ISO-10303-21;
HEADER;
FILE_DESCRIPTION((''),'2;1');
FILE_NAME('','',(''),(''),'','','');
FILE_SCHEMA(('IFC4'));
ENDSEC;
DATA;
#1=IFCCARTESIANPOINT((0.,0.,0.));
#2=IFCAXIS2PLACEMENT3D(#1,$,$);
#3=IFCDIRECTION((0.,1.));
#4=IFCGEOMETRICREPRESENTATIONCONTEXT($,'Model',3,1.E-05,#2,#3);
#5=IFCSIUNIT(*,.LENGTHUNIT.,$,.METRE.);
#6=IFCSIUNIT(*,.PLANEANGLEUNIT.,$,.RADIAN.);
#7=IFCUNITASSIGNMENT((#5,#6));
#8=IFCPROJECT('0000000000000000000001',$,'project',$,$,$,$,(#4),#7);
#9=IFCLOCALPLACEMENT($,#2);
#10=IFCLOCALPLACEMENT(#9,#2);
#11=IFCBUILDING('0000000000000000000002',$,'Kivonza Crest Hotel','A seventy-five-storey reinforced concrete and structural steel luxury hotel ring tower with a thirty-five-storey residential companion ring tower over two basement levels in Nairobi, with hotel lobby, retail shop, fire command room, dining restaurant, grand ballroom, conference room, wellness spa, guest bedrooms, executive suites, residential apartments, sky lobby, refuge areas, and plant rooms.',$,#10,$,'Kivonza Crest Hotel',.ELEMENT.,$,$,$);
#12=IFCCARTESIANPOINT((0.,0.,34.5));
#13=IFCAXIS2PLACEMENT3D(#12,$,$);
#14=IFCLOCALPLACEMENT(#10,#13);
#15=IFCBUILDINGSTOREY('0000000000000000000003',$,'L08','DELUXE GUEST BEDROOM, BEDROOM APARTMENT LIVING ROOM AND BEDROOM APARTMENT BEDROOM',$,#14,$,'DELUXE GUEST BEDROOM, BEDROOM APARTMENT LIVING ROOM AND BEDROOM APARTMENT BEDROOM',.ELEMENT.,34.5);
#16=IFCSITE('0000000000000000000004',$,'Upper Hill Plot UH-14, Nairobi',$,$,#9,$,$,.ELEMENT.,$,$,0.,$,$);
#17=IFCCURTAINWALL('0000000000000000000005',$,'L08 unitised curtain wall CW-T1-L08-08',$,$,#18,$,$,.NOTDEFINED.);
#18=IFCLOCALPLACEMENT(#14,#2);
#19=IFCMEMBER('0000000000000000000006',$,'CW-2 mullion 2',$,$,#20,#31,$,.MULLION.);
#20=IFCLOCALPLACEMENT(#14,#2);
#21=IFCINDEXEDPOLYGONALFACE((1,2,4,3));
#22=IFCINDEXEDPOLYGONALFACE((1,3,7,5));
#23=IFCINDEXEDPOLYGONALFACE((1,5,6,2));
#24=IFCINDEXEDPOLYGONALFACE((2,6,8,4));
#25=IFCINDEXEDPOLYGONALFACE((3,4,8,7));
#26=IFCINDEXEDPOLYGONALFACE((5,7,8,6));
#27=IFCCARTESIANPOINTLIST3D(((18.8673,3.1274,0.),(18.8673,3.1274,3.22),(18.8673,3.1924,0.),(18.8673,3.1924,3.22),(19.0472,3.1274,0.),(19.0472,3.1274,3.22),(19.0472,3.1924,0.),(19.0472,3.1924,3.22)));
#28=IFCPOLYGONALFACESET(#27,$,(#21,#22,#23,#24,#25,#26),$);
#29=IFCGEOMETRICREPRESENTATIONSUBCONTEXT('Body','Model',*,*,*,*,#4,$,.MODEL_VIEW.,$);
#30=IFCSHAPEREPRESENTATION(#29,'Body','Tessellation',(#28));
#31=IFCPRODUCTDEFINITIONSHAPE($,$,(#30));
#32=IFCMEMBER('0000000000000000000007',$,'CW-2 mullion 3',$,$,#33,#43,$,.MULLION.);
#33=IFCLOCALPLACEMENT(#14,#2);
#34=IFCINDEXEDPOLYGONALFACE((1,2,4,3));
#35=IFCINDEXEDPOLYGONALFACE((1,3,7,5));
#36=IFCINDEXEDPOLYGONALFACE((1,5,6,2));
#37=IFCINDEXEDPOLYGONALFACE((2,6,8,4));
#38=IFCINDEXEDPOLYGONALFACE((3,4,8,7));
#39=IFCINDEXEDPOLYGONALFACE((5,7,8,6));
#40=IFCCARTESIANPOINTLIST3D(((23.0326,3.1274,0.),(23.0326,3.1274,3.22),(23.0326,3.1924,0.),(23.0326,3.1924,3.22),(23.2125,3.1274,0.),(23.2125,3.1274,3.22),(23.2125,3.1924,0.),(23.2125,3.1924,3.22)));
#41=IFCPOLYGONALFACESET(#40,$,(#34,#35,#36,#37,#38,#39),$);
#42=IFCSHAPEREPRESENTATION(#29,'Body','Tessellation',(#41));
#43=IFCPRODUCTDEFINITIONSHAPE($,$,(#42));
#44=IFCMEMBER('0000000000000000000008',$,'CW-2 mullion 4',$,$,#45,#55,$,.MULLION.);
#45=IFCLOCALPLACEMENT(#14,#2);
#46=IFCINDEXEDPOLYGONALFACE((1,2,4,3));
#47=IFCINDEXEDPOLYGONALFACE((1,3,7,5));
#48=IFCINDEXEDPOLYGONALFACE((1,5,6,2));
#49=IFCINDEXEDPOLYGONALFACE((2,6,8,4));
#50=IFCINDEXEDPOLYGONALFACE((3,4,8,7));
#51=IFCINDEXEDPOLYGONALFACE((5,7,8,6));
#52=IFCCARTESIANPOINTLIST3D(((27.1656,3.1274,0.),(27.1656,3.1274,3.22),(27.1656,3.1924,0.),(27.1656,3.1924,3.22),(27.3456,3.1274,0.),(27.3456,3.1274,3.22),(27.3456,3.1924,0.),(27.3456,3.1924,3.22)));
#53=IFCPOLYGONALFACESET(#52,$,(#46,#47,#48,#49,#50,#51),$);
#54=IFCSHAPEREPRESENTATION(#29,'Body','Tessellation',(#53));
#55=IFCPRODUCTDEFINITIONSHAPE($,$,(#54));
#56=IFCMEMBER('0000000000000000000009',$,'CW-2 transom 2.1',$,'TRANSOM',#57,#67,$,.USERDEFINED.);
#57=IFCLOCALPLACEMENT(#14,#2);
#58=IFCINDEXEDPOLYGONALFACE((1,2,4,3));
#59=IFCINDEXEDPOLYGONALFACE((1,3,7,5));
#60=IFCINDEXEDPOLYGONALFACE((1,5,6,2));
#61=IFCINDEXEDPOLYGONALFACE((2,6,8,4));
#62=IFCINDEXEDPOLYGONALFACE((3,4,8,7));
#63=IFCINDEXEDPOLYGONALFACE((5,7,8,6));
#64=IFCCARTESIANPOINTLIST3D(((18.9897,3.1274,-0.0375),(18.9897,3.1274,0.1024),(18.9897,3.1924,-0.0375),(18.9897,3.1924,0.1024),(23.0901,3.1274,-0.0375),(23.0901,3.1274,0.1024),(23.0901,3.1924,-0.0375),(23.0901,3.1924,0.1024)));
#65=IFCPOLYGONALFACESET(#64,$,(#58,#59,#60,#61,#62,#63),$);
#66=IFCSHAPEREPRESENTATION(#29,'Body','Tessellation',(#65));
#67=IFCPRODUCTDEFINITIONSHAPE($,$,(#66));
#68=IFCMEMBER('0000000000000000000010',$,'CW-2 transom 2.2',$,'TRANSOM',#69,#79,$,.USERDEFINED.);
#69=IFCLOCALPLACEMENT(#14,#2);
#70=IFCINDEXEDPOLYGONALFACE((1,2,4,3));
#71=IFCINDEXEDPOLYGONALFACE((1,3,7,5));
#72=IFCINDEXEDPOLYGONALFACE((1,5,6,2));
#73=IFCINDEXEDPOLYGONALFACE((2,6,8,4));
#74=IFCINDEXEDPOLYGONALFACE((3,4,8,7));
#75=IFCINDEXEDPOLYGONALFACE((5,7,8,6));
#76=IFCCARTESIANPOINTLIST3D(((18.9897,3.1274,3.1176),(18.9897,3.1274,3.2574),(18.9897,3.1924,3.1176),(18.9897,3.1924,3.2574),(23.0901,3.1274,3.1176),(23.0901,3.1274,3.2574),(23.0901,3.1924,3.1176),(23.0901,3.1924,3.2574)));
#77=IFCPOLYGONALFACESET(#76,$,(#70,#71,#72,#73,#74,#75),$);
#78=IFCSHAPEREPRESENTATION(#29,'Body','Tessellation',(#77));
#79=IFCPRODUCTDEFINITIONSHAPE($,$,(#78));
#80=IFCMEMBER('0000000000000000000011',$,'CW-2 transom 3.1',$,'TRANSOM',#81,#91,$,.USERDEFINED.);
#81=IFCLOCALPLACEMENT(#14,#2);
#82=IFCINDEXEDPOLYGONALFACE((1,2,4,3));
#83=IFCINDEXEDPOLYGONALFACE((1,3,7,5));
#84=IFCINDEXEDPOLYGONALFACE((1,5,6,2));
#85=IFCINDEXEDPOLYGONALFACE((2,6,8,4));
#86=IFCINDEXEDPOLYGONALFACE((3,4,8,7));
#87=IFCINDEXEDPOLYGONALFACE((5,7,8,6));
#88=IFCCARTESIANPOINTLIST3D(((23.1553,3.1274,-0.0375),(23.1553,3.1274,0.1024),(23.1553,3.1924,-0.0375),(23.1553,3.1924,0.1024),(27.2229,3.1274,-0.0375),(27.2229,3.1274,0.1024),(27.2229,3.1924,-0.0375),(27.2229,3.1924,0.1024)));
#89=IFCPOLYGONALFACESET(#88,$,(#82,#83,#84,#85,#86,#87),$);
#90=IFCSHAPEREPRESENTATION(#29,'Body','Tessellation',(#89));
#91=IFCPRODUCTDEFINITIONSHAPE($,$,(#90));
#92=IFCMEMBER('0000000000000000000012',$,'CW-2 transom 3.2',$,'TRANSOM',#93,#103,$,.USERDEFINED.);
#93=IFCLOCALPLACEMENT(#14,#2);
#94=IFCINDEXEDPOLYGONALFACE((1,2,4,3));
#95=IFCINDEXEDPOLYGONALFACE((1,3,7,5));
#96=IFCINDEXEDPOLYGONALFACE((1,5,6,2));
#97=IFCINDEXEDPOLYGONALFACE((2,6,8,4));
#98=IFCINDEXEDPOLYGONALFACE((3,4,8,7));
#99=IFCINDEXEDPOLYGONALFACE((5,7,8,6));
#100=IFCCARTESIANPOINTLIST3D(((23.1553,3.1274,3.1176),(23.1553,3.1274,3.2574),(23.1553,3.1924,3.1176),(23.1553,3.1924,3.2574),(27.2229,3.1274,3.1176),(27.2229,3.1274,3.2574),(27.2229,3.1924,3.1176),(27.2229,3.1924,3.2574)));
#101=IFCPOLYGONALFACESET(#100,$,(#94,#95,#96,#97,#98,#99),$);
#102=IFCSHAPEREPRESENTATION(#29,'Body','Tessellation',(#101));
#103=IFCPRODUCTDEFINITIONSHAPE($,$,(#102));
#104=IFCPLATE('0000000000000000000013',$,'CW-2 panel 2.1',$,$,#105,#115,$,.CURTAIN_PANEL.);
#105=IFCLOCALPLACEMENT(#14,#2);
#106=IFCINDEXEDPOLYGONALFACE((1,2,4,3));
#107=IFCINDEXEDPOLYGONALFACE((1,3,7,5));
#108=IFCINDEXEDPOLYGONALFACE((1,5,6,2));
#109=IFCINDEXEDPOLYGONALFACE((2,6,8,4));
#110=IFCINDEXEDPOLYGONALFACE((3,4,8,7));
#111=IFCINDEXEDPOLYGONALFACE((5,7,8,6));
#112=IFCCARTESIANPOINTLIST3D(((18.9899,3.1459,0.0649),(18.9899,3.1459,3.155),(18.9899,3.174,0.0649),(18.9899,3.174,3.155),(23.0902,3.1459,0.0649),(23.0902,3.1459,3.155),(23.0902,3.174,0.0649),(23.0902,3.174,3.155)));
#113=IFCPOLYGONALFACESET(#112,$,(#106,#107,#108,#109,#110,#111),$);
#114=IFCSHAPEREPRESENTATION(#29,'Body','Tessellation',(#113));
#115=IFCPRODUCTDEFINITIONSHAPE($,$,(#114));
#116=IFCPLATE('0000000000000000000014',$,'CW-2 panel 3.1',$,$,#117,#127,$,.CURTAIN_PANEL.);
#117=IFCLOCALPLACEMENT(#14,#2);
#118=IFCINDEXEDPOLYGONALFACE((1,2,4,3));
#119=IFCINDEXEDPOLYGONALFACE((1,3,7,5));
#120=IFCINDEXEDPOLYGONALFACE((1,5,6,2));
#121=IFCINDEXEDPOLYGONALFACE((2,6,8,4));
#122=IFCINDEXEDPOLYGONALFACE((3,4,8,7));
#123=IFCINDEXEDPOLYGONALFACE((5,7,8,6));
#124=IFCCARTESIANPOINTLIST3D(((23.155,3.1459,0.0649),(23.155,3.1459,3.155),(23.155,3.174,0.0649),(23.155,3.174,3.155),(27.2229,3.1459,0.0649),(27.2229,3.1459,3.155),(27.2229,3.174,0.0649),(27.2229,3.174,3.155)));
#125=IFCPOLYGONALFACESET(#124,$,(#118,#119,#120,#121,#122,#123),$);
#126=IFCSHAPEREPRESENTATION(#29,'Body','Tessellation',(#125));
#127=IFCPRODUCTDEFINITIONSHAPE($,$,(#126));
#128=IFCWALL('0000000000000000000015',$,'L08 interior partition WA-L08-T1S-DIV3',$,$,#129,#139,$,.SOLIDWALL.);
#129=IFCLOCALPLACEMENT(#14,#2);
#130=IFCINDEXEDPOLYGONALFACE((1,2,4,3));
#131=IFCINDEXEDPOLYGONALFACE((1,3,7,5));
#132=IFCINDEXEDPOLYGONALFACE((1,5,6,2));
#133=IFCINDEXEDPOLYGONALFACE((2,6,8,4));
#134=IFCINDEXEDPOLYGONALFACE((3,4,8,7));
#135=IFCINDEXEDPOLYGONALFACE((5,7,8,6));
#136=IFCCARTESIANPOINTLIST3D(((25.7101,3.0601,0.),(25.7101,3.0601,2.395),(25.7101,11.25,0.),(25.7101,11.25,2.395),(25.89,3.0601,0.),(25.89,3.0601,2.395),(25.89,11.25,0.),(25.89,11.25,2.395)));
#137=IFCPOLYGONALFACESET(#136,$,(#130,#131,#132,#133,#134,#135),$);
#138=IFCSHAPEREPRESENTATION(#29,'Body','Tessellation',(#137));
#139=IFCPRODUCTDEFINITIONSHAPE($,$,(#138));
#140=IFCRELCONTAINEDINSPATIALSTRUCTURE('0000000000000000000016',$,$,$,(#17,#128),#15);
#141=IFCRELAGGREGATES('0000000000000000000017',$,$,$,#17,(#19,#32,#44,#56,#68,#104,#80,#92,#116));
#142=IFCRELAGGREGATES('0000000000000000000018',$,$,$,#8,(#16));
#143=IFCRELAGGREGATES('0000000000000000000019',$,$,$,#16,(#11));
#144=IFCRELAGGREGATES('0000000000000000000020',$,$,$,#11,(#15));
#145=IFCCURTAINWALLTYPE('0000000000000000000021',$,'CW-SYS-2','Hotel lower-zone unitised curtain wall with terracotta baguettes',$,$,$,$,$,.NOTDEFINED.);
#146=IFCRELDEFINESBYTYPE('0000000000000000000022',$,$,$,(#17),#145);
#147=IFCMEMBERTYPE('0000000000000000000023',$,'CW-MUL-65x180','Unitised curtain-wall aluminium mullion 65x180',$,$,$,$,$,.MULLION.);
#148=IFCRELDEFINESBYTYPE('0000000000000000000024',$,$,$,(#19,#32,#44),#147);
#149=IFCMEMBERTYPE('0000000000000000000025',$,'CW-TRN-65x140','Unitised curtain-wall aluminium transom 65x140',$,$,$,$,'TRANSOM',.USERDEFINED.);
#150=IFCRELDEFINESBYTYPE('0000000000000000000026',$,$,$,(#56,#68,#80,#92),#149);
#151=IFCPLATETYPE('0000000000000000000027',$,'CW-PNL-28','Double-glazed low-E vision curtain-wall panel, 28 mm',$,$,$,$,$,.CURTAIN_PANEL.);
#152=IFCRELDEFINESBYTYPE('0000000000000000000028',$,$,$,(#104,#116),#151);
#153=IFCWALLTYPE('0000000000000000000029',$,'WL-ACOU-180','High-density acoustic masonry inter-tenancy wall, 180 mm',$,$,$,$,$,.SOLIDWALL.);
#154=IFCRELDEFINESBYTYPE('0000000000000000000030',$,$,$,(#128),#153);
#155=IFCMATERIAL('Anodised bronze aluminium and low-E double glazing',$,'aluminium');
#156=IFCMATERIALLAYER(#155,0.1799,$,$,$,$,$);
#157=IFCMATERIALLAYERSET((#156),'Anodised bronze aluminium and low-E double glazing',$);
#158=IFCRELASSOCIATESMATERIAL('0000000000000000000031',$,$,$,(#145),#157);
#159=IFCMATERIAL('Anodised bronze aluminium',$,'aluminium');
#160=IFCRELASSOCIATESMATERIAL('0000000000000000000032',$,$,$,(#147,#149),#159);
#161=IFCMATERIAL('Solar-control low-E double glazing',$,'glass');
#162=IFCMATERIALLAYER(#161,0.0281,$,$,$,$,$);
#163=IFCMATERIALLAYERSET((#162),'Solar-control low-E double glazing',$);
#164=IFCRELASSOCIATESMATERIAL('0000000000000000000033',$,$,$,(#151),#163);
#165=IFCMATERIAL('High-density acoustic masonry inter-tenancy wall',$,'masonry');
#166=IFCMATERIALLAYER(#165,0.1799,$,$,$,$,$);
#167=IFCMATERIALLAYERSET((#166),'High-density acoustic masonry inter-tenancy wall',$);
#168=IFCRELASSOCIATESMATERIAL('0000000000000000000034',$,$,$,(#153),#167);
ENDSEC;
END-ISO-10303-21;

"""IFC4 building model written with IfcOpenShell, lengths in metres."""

from ifc_helpers import new_model, si_unit, direction, frame, frame_2d, origin, origin_2d, place, context, subcontext, project, spatial, rectangle, extrude, material, layer, layer_set, material_profile, profile_set, type_object, element, aggregate, save


model = new_model("IFC4")

# Units and contexts
model_context = context("Model", 3, precision=1e-05, world=origin(), true_north=direction((0.0, 1.0)))
body_context = subcontext(model_context, "Body", "Model", "MODEL_VIEW")
ifc_project = project(units=[si_unit("LENGTHUNIT", "METRE"), si_unit("PLANEANGLEUNIT", "RADIAN")], contexts=[model_context])

# Site, building, storey
site_placement = place(None, origin())
site = spatial("IfcSite", under=ifc_project, at=site_placement, Name="Upper Hill Plot UH-14, Nairobi", CompositionType="ELEMENT", RefElevation=0.0)
building_placement = place(site_placement, origin())
building = spatial("IfcBuilding", under=site, at=building_placement, Name="Kivonza Crest Hotel", Description="A seventy-five-storey reinforced concrete and structural steel luxury hotel ring tower with a thirty-five-storey residential companion ring tower over two basement levels in Nairobi, with hotel lobby, retail shop, fire command room, dining restaurant, grand ballroom, conference room, wellness spa, guest bedrooms, executive suites, residential apartments, sky lobby, refuge areas, and plant rooms.", LongName="Kivonza Crest Hotel", CompositionType="ELEMENT")
storey_placement = place(building_placement, frame((0.0, 0.0, 34.5)))
storey = spatial("IfcBuildingStorey", under=building, at=storey_placement, Name="L08", Description="DELUXE GUEST BEDROOM, BEDROOM APARTMENT LIVING ROOM AND BEDROOM APARTMENT BEDROOM", LongName="DELUXE GUEST BEDROOM, BEDROOM APARTMENT LIVING ROOM AND BEDROOM APARTMENT BEDROOM", CompositionType="ELEMENT", Elevation=34.5)

# Curtain wall, members, plates
ifc_material_1 = material(Name="Anodised bronze aluminium and low-E double glazing", Category="aluminium")
ifc_layer_1 = layer(ifc_material_1, 0.1799)
ifc_layer_set_1 = layer_set([ifc_layer_1], Name="Anodised bronze aluminium and low-E double glazing")
curtain_wall_type = type_object("IfcCurtainWallType", Name="CW-SYS-2", Description="Hotel lower-zone unitised curtain wall with terracotta baguettes", PredefinedType="NOTDEFINED", material=ifc_layer_set_1)
curtain_wall_placement = place(storey_placement, origin())
curtain_wall = element("IfcCurtainWall", 1, at=curtain_wall_placement, inside=storey, type_object=curtain_wall_type, Name="L08 unitised curtain wall CW-T1-L08-08", PredefinedType="NOTDEFINED")
ifc_material_2 = material(Name="Anodised bronze aluminium", Category="aluminium")
ifc_material_profile_1 = material_profile(ifc_material_2, rectangle(XDim=0.0649, YDim=0.1799, at=origin_2d()), Name="CW-M 65x180")
ifc_profile_set_1 = profile_set([ifc_material_profile_1], Name="Anodised bronze aluminium")
member_type_1 = type_object("IfcMemberType", Name="CW-MUL-65x180", Description="Unitised curtain-wall aluminium mullion 65x180", PredefinedType="MULLION", material=ifc_profile_set_1)
member_1_placement = place(storey_placement, frame((18.9573, 3.1599, 0.0), z_axis=(0.0, 0.0, 1.0), x_axis=(0.0, 1.0, 0.0)))
member_1 = element("IfcMember", 2, at=member_1_placement, type_object=member_type_1, Name="CW-2 mullion 2", PredefinedType="MULLION", context=body_context, shape_type="SweptSolid", body=[
    extrude(rectangle(XDim=0.0649, YDim=0.1799, at=origin_2d()), origin(), (0.0, 0.0, 1.0), 3.22),
])
member_2_placement = place(storey_placement, frame((23.1226, 3.1599, 0.0), z_axis=(0.0, 0.0, 1.0), x_axis=(0.0, 1.0, 0.0)))
member_2 = element("IfcMember", 3, at=member_2_placement, type_object=member_type_1, Name="CW-2 mullion 3", PredefinedType="MULLION", context=body_context, shape_type="SweptSolid", body=[
    extrude(rectangle(XDim=0.0649, YDim=0.1799, at=origin_2d()), origin(), (0.0, 0.0, 1.0), 3.22),
])
member_3_placement = place(storey_placement, frame((27.2556, 3.1599, 0.0), z_axis=(0.0, 0.0, 1.0), x_axis=(0.0, 1.0, 0.0)))
member_3 = element("IfcMember", 4, at=member_3_placement, type_object=member_type_1, Name="CW-2 mullion 4", PredefinedType="MULLION", context=body_context, shape_type="SweptSolid", body=[
    extrude(rectangle(XDim=0.0649, YDim=0.1799, at=origin_2d()), origin(), (0.0, 0.0, 1.0), 3.22),
])
ifc_material_profile_2 = material_profile(ifc_material_2, rectangle(XDim=0.0649, YDim=0.1399, at=origin_2d()), Name="CW-T 65x140")
ifc_profile_set_2 = profile_set([ifc_material_profile_2], Name="Anodised bronze aluminium")
member_type_2 = type_object("IfcMemberType", Name="CW-TRN-65x140", Description="Unitised curtain-wall aluminium transom 65x140", ElementType="TRANSOM", PredefinedType="USERDEFINED", material=ifc_profile_set_2)
member_4_placement = place(storey_placement, frame((18.9897, 3.1599, 0.0325), z_axis=(1.0, 0.0, 0.0), x_axis=(0.0, 1.0, 0.0)))
member_4 = element("IfcMember", 5, at=member_4_placement, type_object=member_type_2, Name="CW-2 transom 2.1", ObjectType="TRANSOM", PredefinedType="USERDEFINED", context=body_context, shape_type="SweptSolid", body=[
    extrude(rectangle(XDim=0.0649, YDim=0.1399, at=origin_2d()), origin(), (0.0, 0.0, 1.0), 4.1003),
])
member_5_placement = place(storey_placement, frame((18.9897, 3.1599, 3.1875), z_axis=(1.0, 0.0, 0.0), x_axis=(0.0, 1.0, 0.0)))
member_5 = element("IfcMember", 6, at=member_5_placement, type_object=member_type_2, Name="CW-2 transom 2.2", ObjectType="TRANSOM", PredefinedType="USERDEFINED", context=body_context, shape_type="SweptSolid", body=[
    extrude(rectangle(XDim=0.0649, YDim=0.1399, at=origin_2d()), origin(), (0.0, 0.0, 1.0), 4.1003),
])
member_6_placement = place(storey_placement, frame((23.1553, 3.1599, 0.0325), z_axis=(1.0, 0.0, 0.0), x_axis=(0.0, 1.0, 0.0)))
member_6 = element("IfcMember", 7, at=member_6_placement, type_object=member_type_2, Name="CW-2 transom 3.1", ObjectType="TRANSOM", PredefinedType="USERDEFINED", context=body_context, shape_type="SweptSolid", body=[
    extrude(rectangle(XDim=0.0649, YDim=0.1399, at=origin_2d()), origin(), (0.0, 0.0, 1.0), 4.0676),
])
member_7_placement = place(storey_placement, frame((23.1553, 3.1599, 3.1875), z_axis=(1.0, 0.0, 0.0), x_axis=(0.0, 1.0, 0.0)))
member_7 = element("IfcMember", 8, at=member_7_placement, type_object=member_type_2, Name="CW-2 transom 3.2", ObjectType="TRANSOM", PredefinedType="USERDEFINED", context=body_context, shape_type="SweptSolid", body=[
    extrude(rectangle(XDim=0.0649, YDim=0.1399, at=origin_2d()), origin(), (0.0, 0.0, 1.0), 4.0676),
])
ifc_material_3 = material(Name="Solar-control low-E double glazing", Category="glass")
ifc_layer_2 = layer(ifc_material_3, 0.0281)
ifc_layer_set_2 = layer_set([ifc_layer_2], Name="Solar-control low-E double glazing")
plate_type = type_object("IfcPlateType", Name="CW-PNL-28", Description="Double-glazed low-E vision curtain-wall panel, 28 mm", PredefinedType="CURTAIN_PANEL", material=ifc_layer_set_2)
plate_1_placement = place(storey_placement, frame((21.04, 3.1599, 0.0649), z_axis=(0.0, 0.0, 1.0), x_axis=(1.0, 0.0, 0.0)))
plate_1 = element("IfcPlate", 9, at=plate_1_placement, type_object=plate_type, Name="CW-2 panel 2.1", PredefinedType="CURTAIN_PANEL", context=body_context, shape_type="SweptSolid", body=[
    extrude(rectangle(XDim=4.1003, YDim=0.0281, at=origin_2d()), origin(), (0.0, 0.0, 1.0), 3.0901),
])
plate_2_placement = place(storey_placement, frame((25.189, 3.1599, 0.0649), z_axis=(0.0, 0.0, 1.0), x_axis=(1.0, 0.0, 0.0)))
plate_2 = element("IfcPlate", 10, at=plate_2_placement, type_object=plate_type, Name="CW-2 panel 3.1", PredefinedType="CURTAIN_PANEL", context=body_context, shape_type="SweptSolid", body=[
    extrude(rectangle(XDim=4.0679, YDim=0.0281, at=origin_2d()), origin(), (0.0, 0.0, 1.0), 3.0901),
])
aggregate(curtain_wall, [member_1, member_2, member_3, member_4, member_5, plate_1, member_6, member_7, plate_2])

# Wall
ifc_material_4 = material(Name="High-density acoustic masonry inter-tenancy wall", Category="masonry")
ifc_layer_3 = layer(ifc_material_4, 0.1799)
ifc_layer_set_3 = layer_set([ifc_layer_3], Name="High-density acoustic masonry inter-tenancy wall")
wall_type_1 = type_object("IfcWallType", Name="WL-ACOU-180", Description="High-density acoustic masonry inter-tenancy wall, 180 mm", PredefinedType="SOLIDWALL", material=ifc_layer_set_3)
wall_1_placement = place(storey_placement, frame((25.8, 3.0601, 0.0), z_axis=(0.0, 0.0, 1.0), x_axis=(0.0, 1.0, 0.0)))
element("IfcWall", 11, at=wall_1_placement, inside=storey, type_object=wall_type_1, Name="L08 interior partition WA-L08-T1S-DIV3", PredefinedType="SOLIDWALL", context=body_context, shape_type="SweptSolid", body=[
    extrude(rectangle(XDim=8.1899, YDim=0.1799, at=frame_2d((4.095, 0.0))), origin(), (0.0, 0.0, 1.0), 2.395),
])

save(model, "model.ifc")
